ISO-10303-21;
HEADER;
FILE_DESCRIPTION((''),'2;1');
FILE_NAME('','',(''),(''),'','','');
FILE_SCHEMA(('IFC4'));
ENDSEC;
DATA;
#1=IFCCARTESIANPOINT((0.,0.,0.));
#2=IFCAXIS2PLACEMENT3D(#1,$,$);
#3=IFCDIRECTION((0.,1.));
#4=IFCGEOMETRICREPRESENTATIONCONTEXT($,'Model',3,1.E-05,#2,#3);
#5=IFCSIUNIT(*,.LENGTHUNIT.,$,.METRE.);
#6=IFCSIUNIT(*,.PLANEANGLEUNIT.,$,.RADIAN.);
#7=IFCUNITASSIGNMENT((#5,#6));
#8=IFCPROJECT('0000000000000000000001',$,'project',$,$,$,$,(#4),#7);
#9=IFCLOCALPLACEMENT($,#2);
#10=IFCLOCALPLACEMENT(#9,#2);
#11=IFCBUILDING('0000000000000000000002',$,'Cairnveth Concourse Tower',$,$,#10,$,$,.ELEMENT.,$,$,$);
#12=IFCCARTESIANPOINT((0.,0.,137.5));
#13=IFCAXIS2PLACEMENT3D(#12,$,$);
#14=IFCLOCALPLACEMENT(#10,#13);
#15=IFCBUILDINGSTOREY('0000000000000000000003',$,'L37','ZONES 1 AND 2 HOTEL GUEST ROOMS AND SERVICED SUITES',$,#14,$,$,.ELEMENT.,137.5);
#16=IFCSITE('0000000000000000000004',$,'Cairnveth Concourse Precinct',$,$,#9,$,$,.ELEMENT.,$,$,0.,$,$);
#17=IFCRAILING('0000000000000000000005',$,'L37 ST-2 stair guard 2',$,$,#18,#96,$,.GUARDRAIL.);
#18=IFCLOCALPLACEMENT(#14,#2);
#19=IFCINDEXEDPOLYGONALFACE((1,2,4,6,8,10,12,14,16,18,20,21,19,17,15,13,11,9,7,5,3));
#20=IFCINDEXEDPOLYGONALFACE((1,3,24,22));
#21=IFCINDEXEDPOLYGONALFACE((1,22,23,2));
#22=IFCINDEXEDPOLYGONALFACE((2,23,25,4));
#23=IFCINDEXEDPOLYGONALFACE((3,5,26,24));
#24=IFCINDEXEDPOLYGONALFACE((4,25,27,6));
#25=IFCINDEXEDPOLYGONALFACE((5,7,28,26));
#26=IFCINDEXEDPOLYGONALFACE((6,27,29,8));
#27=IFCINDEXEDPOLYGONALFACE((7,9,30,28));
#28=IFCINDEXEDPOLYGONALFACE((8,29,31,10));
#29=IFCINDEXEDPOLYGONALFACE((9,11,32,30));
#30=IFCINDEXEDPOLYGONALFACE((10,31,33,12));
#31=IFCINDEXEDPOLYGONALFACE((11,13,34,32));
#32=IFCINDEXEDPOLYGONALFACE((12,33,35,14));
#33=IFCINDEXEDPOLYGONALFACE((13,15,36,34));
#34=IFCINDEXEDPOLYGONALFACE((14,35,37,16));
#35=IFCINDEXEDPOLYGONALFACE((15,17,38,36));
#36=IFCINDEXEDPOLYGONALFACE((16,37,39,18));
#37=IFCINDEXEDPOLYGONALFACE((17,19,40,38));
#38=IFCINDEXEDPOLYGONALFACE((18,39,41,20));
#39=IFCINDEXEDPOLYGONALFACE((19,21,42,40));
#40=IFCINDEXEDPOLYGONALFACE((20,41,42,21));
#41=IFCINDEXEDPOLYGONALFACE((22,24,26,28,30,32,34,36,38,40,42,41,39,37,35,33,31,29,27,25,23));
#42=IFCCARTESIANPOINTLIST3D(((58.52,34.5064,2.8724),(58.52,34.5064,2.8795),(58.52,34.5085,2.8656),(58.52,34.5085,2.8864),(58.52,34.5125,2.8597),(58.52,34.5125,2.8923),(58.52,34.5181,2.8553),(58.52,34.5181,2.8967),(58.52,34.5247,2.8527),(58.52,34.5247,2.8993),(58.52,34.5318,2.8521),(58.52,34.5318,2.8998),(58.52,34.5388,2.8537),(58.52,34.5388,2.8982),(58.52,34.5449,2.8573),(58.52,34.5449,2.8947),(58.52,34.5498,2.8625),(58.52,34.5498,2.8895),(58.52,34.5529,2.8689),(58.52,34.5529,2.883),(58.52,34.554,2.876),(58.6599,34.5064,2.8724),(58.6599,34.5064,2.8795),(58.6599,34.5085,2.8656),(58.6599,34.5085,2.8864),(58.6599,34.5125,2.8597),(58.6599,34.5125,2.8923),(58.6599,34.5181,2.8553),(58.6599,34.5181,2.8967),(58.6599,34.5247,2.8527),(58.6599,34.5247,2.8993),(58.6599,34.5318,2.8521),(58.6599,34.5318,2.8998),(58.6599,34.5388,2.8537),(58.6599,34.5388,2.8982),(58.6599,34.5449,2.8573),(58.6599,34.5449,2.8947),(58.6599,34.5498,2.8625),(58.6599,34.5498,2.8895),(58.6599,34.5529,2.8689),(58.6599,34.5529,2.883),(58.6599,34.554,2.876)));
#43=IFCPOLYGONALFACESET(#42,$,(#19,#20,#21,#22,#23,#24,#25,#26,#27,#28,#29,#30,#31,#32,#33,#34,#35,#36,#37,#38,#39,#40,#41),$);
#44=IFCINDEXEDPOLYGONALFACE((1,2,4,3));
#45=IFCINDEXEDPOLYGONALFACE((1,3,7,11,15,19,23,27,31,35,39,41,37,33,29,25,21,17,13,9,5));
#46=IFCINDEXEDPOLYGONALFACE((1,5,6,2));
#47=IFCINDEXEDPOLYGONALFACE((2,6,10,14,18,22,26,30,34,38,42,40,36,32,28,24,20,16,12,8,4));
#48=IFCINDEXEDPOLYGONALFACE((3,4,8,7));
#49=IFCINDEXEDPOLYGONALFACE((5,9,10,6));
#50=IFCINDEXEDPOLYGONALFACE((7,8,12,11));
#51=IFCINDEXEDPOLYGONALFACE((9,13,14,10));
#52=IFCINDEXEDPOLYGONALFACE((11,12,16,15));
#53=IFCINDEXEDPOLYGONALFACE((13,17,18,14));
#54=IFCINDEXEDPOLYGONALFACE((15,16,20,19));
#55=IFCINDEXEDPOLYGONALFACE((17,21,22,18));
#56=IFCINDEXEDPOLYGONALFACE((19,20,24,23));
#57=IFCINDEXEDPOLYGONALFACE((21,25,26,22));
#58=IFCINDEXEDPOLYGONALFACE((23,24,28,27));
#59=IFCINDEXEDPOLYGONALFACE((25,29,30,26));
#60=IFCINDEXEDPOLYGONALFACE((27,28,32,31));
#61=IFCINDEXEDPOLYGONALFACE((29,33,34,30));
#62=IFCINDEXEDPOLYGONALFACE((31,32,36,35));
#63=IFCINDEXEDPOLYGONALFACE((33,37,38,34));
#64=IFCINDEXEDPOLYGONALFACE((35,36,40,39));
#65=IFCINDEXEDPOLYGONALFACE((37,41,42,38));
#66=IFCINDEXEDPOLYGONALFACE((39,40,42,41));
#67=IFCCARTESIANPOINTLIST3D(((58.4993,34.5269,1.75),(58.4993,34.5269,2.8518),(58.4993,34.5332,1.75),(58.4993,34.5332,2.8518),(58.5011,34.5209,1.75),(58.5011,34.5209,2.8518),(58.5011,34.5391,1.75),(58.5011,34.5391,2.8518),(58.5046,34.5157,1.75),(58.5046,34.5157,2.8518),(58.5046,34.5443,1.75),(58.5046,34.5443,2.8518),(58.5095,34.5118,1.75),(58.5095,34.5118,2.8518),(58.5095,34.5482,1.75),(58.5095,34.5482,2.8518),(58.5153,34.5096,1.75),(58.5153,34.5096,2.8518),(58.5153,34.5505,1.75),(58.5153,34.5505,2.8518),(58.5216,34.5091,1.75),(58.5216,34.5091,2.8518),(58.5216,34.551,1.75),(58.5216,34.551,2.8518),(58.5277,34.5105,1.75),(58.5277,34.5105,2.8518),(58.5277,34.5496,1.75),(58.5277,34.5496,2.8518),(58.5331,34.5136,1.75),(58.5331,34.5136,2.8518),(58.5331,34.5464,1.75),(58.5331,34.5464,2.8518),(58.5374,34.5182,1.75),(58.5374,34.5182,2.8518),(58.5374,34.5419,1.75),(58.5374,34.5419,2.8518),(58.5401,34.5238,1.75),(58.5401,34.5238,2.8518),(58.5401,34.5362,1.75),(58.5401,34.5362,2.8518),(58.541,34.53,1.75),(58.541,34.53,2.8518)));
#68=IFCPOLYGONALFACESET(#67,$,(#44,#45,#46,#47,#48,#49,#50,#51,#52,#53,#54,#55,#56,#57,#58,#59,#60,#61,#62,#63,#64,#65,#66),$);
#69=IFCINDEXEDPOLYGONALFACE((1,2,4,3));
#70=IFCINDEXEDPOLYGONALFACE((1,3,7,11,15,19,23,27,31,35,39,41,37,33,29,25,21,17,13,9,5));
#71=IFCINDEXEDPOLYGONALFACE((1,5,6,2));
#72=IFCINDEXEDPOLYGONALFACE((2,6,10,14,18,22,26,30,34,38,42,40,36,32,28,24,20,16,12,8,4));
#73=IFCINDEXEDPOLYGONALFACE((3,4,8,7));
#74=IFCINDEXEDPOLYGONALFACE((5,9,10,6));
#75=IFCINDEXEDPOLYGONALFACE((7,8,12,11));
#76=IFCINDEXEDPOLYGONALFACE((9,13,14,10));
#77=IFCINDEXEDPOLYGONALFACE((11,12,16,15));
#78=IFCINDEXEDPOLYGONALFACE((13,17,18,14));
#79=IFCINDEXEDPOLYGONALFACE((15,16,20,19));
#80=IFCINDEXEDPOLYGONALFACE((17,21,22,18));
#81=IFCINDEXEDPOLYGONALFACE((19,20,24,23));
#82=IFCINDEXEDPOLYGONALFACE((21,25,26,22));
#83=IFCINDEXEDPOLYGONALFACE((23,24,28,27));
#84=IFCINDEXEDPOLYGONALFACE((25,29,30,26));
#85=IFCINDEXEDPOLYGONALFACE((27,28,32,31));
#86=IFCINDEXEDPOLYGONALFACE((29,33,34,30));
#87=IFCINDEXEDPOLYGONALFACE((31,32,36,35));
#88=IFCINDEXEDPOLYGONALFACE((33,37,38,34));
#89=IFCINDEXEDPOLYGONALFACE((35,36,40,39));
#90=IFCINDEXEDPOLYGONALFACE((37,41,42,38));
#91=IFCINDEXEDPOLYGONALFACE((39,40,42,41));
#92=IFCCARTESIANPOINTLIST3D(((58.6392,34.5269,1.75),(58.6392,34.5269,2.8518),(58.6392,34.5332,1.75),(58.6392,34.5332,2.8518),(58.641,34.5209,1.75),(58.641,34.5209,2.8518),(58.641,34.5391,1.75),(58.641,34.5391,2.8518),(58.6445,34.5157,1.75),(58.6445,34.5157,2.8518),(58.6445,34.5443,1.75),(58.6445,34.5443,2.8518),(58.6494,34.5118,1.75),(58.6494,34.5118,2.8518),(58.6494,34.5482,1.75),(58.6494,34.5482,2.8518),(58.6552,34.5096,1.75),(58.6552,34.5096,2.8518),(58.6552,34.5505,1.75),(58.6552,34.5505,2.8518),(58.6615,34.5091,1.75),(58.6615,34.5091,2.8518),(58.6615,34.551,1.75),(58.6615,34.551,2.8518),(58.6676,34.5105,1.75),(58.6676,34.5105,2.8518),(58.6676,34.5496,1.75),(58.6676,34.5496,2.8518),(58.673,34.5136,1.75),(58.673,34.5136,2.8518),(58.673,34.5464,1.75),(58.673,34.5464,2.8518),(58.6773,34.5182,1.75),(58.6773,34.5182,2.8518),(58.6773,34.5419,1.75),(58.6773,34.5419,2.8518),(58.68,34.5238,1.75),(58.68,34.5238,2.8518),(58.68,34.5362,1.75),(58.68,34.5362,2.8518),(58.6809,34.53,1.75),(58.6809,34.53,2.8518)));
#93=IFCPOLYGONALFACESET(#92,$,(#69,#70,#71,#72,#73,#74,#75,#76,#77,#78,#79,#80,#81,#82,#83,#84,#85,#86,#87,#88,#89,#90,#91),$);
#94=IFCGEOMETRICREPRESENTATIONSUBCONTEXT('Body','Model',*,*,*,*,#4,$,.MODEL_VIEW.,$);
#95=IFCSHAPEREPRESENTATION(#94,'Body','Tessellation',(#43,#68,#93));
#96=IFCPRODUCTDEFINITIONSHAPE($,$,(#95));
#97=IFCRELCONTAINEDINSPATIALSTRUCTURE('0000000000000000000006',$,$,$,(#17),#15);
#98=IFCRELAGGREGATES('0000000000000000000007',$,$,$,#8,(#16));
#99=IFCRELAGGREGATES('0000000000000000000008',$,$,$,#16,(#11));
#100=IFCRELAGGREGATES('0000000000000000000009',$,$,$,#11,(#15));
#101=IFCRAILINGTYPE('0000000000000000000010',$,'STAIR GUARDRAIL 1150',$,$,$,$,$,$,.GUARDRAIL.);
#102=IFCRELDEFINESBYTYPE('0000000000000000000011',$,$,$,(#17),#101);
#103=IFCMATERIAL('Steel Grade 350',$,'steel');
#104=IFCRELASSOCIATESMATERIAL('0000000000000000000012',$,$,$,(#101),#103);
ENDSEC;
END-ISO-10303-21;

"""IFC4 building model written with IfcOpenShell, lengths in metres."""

from ifc_helpers import new_model, si_unit, direction, frame, origin, origin_2d, place, context, subcontext, project, spatial, circle, extrude, material, type_object, element, save


model = new_model("IFC4")

# Units and contexts
model_context = context("Model", 3, precision=1e-05, world=origin(), true_north=direction((0.0, 1.0)))
body_context = subcontext(model_context, "Body", "Model", "MODEL_VIEW")
ifc_project = project(units=[si_unit("LENGTHUNIT", "METRE"), si_unit("PLANEANGLEUNIT", "RADIAN")], contexts=[model_context])

# Site, building, storey
site_placement = place(None, origin())
site = spatial("IfcSite", under=ifc_project, at=site_placement, Name="Cairnveth Concourse Precinct", CompositionType="ELEMENT", RefElevation=0.0)
building_placement = place(site_placement, origin())
building = spatial("IfcBuilding", under=site, at=building_placement, Name="Cairnveth Concourse Tower", CompositionType="ELEMENT")
storey_placement = place(building_placement, frame((0.0, 0.0, 137.5)))
storey = spatial("IfcBuildingStorey", under=building, at=storey_placement, Name="L37", Description="ZONES 1 AND 2 HOTEL GUEST ROOMS AND SERVICED SUITES", CompositionType="ELEMENT", Elevation=137.5)

# Shared definitions
ifc_material_1 = material(Name="Steel Grade 350", Category="steel")

# Railing
railing_type_1 = type_object("IfcRailingType", Name="STAIR GUARDRAIL 1150", PredefinedType="GUARDRAIL", material=ifc_material_1)
railing_1_placement = place(storey_placement, frame((58.52, 34.53, 1.75)))
element("IfcRailing", 1, at=railing_1_placement, inside=storey, type_object=railing_type_1, Name="L37 ST-2 stair guard 2", PredefinedType="GUARDRAIL", context=body_context, shape_type="SweptSolid", body=[
    extrude(circle(Radius=0.0239, at=origin_2d()), frame((0.0, 0.0, 1.126), z_axis=(1.0, 0.0, 0.0), x_axis=(0.0, 1.0, 0.0)), (0.0, 0.0, 1.0), 0.1399),
    extrude(circle(Radius=0.021, at=origin_2d()), origin(), (0.0, 0.0, 1.0), 1.1018),
    extrude(circle(Radius=0.021, at=origin_2d()), frame((0.1399, 0.0, 0.0)), (0.0, 0.0, 1.0), 1.1018),
])

save(model, "model.ifc")
